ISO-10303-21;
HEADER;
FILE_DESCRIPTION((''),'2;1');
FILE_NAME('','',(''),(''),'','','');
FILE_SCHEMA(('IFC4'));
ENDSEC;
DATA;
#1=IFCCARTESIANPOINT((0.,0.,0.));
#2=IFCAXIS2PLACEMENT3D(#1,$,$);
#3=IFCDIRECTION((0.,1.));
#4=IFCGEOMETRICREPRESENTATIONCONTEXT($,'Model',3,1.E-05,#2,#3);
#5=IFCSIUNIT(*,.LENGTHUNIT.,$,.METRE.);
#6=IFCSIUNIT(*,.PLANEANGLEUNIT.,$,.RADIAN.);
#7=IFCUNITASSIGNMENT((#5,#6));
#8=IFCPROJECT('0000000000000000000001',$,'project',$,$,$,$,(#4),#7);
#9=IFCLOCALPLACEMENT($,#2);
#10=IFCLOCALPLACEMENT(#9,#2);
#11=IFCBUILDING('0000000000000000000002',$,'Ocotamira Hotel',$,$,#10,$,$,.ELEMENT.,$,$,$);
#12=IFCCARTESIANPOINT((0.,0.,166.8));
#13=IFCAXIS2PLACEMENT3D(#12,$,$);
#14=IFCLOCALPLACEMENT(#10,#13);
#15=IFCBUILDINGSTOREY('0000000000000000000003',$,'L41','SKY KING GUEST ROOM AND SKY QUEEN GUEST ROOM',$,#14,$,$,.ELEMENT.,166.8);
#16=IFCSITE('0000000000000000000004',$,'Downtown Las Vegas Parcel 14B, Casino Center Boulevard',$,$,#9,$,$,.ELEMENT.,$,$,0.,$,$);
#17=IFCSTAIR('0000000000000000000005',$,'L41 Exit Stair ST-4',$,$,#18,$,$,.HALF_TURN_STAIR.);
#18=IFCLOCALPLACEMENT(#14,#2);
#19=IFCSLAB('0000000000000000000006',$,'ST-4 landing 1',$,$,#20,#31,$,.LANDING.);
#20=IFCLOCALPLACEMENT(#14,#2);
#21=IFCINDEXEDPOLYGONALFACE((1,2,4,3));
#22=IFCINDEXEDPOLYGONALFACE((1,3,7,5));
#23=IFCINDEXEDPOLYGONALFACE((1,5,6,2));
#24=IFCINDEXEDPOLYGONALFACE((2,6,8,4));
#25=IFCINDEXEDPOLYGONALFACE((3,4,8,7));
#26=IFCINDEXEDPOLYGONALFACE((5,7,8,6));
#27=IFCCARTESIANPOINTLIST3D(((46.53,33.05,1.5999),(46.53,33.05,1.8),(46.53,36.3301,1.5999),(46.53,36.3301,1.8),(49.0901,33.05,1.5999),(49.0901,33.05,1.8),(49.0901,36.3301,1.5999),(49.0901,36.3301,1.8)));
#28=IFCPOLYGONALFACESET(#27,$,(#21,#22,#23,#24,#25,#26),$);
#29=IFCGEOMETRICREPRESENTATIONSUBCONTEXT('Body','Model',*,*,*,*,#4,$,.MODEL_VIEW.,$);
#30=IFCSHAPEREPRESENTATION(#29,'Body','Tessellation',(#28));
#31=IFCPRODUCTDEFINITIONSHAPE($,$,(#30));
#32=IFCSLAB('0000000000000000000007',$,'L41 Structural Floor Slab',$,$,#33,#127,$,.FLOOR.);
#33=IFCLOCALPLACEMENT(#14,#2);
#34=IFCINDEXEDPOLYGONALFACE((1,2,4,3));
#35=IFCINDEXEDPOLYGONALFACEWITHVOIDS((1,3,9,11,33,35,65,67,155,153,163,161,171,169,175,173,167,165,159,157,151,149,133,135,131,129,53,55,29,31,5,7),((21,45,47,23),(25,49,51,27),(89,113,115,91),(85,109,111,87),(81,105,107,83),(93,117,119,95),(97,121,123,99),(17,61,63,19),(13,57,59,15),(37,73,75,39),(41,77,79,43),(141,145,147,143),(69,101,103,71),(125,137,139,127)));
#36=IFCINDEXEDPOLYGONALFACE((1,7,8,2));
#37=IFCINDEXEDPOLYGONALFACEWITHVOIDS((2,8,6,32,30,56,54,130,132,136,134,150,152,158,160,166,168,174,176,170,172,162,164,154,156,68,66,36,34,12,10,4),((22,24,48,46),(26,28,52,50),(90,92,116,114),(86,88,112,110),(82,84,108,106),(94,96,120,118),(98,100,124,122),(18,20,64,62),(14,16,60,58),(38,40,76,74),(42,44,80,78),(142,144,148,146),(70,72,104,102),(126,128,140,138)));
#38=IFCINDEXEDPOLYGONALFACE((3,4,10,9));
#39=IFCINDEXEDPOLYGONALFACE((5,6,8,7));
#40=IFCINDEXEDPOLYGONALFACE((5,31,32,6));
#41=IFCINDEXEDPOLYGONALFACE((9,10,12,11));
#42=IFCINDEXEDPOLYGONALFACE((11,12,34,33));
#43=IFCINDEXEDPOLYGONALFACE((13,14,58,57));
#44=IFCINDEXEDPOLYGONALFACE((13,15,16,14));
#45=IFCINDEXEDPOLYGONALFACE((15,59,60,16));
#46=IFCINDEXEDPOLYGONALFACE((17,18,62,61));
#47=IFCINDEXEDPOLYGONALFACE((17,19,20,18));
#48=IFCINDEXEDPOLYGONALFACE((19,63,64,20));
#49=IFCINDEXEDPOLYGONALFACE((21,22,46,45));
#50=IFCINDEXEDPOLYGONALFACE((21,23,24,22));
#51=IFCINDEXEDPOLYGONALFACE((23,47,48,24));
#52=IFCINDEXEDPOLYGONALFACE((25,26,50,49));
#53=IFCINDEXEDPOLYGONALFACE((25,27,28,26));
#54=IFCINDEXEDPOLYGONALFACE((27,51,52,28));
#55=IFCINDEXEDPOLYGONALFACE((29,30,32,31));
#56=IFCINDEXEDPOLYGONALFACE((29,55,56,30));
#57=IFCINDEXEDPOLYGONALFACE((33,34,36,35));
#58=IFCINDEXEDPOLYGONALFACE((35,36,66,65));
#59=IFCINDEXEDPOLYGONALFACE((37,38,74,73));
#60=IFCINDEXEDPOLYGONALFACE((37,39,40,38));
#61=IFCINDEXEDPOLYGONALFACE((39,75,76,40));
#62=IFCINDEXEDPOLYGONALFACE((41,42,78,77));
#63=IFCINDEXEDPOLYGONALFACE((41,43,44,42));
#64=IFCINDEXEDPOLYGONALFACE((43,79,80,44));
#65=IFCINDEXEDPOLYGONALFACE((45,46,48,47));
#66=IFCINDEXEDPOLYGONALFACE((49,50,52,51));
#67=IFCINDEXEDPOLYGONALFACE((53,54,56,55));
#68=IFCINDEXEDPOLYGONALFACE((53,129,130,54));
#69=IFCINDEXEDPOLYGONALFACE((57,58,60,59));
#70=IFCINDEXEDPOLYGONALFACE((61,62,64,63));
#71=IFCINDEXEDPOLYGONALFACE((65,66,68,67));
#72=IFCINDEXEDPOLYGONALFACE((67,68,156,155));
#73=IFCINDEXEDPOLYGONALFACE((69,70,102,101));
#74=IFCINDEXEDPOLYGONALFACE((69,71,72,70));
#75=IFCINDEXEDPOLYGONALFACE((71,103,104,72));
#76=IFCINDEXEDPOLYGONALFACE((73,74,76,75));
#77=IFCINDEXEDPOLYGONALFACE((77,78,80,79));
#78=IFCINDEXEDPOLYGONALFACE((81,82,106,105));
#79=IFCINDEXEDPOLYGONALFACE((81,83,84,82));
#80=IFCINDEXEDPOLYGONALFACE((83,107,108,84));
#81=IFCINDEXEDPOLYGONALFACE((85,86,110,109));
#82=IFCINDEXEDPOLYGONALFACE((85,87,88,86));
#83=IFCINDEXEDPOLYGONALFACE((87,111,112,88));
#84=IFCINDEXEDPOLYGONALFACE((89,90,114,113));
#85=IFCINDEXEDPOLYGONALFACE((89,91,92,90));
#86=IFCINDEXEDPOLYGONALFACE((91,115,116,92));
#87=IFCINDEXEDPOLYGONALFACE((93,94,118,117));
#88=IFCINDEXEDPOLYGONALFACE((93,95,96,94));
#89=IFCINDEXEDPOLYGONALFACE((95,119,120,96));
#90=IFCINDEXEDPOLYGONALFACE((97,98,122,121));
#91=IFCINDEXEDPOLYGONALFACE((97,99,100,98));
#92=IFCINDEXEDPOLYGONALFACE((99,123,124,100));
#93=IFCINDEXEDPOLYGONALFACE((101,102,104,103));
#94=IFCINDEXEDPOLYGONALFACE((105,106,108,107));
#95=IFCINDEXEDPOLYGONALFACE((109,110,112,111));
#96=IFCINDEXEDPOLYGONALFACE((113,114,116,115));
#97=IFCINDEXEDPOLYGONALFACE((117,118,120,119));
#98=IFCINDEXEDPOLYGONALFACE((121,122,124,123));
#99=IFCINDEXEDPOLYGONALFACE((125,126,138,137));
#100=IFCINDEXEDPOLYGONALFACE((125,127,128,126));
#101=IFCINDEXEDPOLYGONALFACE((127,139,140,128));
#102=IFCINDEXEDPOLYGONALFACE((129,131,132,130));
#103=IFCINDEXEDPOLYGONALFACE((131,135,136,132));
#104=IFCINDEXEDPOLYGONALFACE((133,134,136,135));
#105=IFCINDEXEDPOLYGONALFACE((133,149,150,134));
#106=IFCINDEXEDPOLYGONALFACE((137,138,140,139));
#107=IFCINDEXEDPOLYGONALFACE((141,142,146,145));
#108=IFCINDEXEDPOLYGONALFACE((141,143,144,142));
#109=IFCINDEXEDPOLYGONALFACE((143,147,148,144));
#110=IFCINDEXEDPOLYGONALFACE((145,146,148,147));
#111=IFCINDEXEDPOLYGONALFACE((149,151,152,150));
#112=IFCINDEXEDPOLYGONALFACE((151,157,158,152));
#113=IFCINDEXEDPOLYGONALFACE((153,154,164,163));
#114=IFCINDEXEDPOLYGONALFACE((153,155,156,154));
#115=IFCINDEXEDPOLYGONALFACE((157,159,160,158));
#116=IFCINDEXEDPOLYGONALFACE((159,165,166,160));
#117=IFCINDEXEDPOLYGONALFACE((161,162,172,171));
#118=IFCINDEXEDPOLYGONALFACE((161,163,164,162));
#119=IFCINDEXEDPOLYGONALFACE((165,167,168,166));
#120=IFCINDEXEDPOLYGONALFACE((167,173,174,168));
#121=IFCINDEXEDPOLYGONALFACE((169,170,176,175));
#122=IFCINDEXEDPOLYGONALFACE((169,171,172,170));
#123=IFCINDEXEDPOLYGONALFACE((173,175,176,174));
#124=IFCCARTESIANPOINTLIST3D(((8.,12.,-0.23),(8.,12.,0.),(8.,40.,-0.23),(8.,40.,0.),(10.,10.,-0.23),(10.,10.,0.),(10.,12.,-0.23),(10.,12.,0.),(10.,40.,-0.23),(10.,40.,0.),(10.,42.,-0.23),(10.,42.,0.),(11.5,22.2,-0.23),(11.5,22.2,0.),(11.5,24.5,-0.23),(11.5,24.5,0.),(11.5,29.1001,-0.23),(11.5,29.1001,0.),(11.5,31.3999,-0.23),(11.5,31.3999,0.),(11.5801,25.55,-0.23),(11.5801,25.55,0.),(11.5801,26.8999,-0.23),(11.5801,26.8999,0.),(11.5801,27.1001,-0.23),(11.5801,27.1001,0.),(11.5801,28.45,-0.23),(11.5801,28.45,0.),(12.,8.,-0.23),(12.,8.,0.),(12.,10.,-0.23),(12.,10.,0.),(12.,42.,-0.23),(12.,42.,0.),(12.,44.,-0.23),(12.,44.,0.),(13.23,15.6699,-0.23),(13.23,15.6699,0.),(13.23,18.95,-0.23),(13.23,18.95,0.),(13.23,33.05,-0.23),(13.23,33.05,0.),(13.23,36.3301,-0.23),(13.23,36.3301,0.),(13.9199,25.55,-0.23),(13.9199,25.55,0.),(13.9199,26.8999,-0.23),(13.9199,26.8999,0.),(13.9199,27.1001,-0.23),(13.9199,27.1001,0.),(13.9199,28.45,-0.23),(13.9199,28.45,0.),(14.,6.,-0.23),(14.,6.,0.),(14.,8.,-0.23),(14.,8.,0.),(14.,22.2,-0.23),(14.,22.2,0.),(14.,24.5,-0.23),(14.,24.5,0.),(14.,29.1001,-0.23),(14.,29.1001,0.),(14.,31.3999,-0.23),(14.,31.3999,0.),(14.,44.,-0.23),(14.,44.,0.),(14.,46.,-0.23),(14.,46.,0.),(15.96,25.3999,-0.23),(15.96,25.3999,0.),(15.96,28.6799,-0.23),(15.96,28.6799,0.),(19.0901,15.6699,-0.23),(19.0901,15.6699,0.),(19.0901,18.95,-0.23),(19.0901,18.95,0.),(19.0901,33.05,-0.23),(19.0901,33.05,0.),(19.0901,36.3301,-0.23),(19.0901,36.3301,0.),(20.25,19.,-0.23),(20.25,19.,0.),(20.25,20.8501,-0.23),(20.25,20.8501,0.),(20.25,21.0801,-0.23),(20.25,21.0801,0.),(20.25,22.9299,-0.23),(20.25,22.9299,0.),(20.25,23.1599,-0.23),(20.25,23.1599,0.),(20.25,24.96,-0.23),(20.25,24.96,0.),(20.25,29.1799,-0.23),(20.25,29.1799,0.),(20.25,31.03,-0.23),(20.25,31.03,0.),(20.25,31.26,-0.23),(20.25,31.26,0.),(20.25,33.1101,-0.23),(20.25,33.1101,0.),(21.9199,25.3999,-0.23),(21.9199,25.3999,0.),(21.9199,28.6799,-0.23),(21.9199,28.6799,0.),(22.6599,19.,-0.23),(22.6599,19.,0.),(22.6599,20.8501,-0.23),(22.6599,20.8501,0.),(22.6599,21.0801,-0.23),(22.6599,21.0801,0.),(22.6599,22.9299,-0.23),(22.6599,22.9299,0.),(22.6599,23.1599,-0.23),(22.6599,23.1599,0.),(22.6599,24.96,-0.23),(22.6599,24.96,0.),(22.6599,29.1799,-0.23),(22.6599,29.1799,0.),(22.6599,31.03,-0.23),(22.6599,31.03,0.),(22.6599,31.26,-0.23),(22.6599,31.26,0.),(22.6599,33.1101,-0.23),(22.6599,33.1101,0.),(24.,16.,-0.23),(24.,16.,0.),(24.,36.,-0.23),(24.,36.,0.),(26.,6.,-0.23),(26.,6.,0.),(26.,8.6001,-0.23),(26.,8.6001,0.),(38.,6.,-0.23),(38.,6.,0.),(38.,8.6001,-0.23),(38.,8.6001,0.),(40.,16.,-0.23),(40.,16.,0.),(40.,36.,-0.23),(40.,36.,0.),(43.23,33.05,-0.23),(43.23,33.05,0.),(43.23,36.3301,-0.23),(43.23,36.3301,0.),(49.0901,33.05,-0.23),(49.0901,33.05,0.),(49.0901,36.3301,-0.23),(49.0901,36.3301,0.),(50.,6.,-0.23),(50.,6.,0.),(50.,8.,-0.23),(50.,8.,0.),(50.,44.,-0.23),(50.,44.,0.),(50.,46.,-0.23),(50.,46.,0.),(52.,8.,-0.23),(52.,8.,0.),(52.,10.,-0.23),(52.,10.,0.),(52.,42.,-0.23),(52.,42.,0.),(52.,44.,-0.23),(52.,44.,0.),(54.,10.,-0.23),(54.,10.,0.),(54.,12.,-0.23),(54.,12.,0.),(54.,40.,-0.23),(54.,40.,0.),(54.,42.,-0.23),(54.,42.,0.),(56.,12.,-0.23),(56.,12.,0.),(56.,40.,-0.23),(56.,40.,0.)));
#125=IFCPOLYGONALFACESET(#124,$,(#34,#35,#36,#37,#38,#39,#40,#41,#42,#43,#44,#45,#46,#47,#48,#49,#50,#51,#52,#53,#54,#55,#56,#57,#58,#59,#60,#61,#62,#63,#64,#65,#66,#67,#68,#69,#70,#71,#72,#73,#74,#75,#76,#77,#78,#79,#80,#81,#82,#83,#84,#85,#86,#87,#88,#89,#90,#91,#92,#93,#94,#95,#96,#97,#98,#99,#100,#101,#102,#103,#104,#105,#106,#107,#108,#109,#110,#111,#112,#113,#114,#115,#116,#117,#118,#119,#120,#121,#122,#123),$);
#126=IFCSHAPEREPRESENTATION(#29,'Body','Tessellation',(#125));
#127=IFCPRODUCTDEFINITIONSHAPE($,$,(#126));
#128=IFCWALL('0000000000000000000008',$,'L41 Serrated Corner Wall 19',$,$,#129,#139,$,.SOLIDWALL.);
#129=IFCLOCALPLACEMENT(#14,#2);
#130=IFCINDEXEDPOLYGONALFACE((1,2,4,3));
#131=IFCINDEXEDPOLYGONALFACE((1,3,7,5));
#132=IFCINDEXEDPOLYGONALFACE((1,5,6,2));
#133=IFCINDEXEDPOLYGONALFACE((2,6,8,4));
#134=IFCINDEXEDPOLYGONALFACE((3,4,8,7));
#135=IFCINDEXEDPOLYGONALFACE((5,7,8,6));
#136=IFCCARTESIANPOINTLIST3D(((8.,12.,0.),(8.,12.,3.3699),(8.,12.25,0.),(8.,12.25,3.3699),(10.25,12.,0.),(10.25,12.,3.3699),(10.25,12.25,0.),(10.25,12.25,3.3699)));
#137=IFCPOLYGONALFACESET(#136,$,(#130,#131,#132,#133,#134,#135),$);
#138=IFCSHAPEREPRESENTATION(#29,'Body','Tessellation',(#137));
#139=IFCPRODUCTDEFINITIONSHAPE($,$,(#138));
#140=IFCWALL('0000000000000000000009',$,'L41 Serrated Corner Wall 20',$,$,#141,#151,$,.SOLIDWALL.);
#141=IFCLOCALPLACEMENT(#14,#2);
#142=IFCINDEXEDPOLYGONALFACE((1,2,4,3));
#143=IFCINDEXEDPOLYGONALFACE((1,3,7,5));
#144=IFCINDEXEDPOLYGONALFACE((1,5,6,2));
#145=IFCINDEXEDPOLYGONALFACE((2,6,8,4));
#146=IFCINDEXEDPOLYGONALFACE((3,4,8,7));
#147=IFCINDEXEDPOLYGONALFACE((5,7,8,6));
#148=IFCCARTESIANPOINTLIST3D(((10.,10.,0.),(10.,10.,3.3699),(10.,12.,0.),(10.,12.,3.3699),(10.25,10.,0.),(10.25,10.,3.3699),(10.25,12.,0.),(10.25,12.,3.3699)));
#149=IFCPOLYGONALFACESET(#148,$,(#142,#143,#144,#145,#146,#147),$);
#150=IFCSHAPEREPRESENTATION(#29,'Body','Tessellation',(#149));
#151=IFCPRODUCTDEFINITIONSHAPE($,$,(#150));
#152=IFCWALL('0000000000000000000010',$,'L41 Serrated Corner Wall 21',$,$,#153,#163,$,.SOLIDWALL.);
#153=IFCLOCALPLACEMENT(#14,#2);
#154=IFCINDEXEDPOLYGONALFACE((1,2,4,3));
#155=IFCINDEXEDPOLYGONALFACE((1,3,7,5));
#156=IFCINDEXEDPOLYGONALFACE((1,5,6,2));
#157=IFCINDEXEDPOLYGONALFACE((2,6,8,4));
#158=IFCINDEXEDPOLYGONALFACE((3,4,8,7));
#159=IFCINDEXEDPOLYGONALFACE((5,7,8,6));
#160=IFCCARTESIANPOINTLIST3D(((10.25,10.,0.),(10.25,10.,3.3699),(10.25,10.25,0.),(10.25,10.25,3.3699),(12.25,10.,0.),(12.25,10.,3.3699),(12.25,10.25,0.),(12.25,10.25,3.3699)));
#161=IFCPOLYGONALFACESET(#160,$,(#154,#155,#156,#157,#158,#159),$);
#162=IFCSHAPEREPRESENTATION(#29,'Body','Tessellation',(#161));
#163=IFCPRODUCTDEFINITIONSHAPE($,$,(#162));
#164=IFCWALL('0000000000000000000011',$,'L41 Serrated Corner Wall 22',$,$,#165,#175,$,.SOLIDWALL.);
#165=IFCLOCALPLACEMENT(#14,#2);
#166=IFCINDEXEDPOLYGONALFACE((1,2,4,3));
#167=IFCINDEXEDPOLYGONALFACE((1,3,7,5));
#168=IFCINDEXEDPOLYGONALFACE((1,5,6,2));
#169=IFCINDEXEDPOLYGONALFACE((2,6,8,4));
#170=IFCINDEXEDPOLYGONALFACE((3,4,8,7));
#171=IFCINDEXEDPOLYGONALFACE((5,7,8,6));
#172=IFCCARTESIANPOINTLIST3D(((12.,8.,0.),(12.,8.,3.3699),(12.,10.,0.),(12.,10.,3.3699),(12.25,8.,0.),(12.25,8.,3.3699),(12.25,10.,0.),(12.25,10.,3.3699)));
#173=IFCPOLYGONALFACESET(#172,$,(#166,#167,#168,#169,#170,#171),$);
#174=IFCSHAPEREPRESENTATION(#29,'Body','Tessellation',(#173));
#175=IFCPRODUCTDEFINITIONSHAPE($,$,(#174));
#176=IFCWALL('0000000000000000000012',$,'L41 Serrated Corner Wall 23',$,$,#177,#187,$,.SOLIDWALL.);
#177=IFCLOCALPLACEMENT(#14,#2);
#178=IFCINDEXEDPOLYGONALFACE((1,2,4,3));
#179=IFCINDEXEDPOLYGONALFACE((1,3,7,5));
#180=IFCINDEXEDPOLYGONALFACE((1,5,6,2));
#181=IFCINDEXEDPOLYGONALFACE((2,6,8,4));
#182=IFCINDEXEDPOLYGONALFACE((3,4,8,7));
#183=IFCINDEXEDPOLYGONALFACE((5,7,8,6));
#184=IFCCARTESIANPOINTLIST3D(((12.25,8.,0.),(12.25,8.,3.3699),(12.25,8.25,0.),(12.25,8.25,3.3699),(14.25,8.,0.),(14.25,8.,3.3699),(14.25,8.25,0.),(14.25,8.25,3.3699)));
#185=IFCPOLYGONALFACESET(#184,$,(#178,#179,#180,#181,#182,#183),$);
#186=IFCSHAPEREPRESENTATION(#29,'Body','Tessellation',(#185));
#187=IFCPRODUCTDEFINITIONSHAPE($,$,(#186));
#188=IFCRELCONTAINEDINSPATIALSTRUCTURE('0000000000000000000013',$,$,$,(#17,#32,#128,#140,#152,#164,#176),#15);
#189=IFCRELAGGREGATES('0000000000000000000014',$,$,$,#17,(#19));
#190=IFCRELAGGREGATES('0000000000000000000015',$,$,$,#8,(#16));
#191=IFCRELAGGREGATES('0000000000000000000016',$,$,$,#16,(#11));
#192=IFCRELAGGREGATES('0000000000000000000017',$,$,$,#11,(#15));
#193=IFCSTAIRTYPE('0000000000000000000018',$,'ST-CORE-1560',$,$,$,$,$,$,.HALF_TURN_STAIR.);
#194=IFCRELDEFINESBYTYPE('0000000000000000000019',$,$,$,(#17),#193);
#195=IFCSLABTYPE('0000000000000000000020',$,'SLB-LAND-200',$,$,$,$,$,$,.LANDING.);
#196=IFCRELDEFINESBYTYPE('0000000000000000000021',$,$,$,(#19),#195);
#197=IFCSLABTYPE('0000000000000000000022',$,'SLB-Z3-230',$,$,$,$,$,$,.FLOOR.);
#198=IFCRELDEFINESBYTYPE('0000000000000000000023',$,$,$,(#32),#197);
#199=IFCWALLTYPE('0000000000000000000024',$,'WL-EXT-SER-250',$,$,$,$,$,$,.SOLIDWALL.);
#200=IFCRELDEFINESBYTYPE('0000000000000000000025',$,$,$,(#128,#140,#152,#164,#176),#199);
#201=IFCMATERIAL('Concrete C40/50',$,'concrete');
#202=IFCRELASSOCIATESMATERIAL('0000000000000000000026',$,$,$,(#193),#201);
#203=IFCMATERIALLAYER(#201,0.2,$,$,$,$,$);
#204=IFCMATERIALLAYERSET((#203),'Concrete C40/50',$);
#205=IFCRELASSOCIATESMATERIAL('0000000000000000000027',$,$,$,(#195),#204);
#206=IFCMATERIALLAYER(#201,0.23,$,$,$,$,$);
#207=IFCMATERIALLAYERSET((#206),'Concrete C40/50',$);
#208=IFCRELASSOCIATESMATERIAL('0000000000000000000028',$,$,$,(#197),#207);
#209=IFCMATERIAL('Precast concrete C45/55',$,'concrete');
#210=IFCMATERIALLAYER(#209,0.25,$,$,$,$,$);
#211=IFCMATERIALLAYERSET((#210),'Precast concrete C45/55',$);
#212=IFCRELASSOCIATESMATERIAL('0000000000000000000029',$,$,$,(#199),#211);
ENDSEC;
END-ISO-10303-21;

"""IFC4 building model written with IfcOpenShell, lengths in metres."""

from ifc_helpers import new_model, si_unit, direction, frame, frame_2d, origin, place, context, subcontext, project, spatial, polyline, rectangle, outline, extrude, material, layer, layer_set, type_object, element, aggregate, save


model = new_model("IFC4")

# Units and contexts
model_context = context("Model", 3, precision=1e-05, world=origin(), true_north=direction((0.0, 1.0)))
body_context = subcontext(model_context, "Body", "Model", "MODEL_VIEW")
ifc_project = project(units=[si_unit("LENGTHUNIT", "METRE"), si_unit("PLANEANGLEUNIT", "RADIAN")], contexts=[model_context])

# Site, building, storey
site_placement = place(None, origin())
site = spatial("IfcSite", under=ifc_project, at=site_placement, Name="Downtown Las Vegas Parcel 14B, Casino Center Boulevard", CompositionType="ELEMENT", RefElevation=0.0)
building_placement = place(site_placement, origin())
building = spatial("IfcBuilding", under=site, at=building_placement, Name="Ocotamira Hotel", CompositionType="ELEMENT")
storey_placement = place(building_placement, frame((0.0, 0.0, 166.8)))
storey = spatial("IfcBuildingStorey", under=building, at=storey_placement, Name="L41", Description="SKY KING GUEST ROOM AND SKY QUEEN GUEST ROOM", CompositionType="ELEMENT", Elevation=166.8)

# Shared definitions
ifc_material_1 = material(Name="Concrete C40/50", Category="concrete")

# Stair, slab
stair_type = type_object("IfcStairType", Name="ST-CORE-1560", PredefinedType="HALF_TURN_STAIR", material=ifc_material_1)
ifc_layer_1 = layer(ifc_material_1, 0.2)
ifc_layer_set_1 = layer_set([ifc_layer_1], Name="Concrete C40/50")
slab_type_1 = type_object("IfcSlabType", Name="SLB-LAND-200", PredefinedType="LANDING", material=ifc_layer_set_1)
stair_1_placement = place(storey_placement, origin())
stair_1 = element("IfcStair", 1, at=stair_1_placement, inside=storey, type_object=stair_type, Name="L41 Exit Stair ST-4", PredefinedType="HALF_TURN_STAIR")
slab_1_placement = place(storey_placement, frame((0.0, 0.0, 1.5999)))
slab_1 = element("IfcSlab", 2, at=slab_1_placement, type_object=slab_type_1, Name="ST-4 landing 1", PredefinedType="LANDING", context=body_context, shape_type="SweptSolid", body=[
    extrude(outline(polyline([(46.53, 33.05), (49.0901, 33.05), (49.0901, 36.3301), (46.53, 36.3301), (46.53, 33.05)])), origin(), (0.0, 0.0, 1.0), 0.2002),
])
aggregate(stair_1, [slab_1])

# Slab
ifc_layer_2 = layer(ifc_material_1, 0.23)
ifc_layer_set_2 = layer_set([ifc_layer_2], Name="Concrete C40/50")
slab_type_2 = type_object("IfcSlabType", Name="SLB-Z3-230", PredefinedType="FLOOR", material=ifc_layer_set_2)
slab_2_placement = place(storey_placement, frame((0.0, 0.0, -0.23)))
element("IfcSlab", 3, at=slab_2_placement, inside=storey, type_object=slab_type_2, Name="L41 Structural Floor Slab", PredefinedType="FLOOR", context=body_context, shape_type="SweptSolid", body=[
    extrude(outline(polyline([(14.0, 6.0), (14.0, 8.0), (12.0, 8.0), (12.0, 10.0), (10.0, 10.0), (10.0, 12.0), (8.0, 12.0), (8.0, 40.0), (10.0, 40.0), (10.0, 42.0), (12.0, 42.0), (12.0, 44.0), (14.0, 44.0), (14.0, 46.0), (50.0, 46.0), (50.0, 44.0), (52.0, 44.0), (52.0, 42.0), (54.0, 42.0), (54.0, 40.0), (56.0, 40.0), (56.0, 12.0), (54.0, 12.0), (54.0, 10.0), (52.0, 10.0), (52.0, 8.0), (50.0, 8.0), (50.0, 6.0), (38.0, 6.0), (38.0, 8.6001), (26.0, 8.6001), (26.0, 6.0), (14.0, 6.0)]), holes=[polyline([(24.0, 16.0), (40.0, 16.0), (40.0, 36.0), (24.0, 36.0), (24.0, 16.0)]), polyline([(13.23, 15.6699), (19.0901, 15.6699), (19.0901, 18.95), (13.23, 18.95), (13.23, 15.6699)]), polyline([(13.23, 33.05), (19.0901, 33.05), (19.0901, 36.3301), (13.23, 36.3301), (13.23, 33.05)]), polyline([(15.96, 25.3999), (21.9199, 25.3999), (21.9199, 28.6799), (15.96, 28.6799), (15.96, 25.3999)]), polyline([(43.23, 33.05), (49.0901, 33.05), (49.0901, 36.3301), (43.23, 36.3301), (43.23, 33.05)]), polyline([(20.25, 19.0), (22.6599, 19.0), (22.6599, 20.8501), (20.25, 20.8501), (20.25, 19.0)]), polyline([(20.25, 21.0801), (22.6599, 21.0801), (22.6599, 22.9299), (20.25, 22.9299), (20.25, 21.0801)]), polyline([(20.25, 23.1599), (22.6599, 23.1599), (22.6599, 24.96), (20.25, 24.96), (20.25, 23.1599)]), polyline([(20.25, 29.1799), (22.6599, 29.1799), (22.6599, 31.03), (20.25, 31.03), (20.25, 29.1799)]), polyline([(20.25, 31.26), (22.6599, 31.26), (22.6599, 33.1101), (20.25, 33.1101), (20.25, 31.26)]), polyline([(11.5, 22.2), (14.0, 22.2), (14.0, 24.5), (11.5, 24.5), (11.5, 22.2)]), polyline([(11.5, 29.1001), (14.0, 29.1001), (14.0, 31.3999), (11.5, 31.3999), (11.5, 29.1001)]), polyline([(11.5801, 25.55), (13.9199, 25.55), (13.9199, 26.8999), (11.5801, 26.8999), (11.5801, 25.55)]), polyline([(11.5801, 27.1001), (13.9199, 27.1001), (13.9199, 28.45), (11.5801, 28.45), (11.5801, 27.1001)])]), origin(), (0.0, 0.0, 1.0), 0.23),
])

# Walls
ifc_material_2 = material(Name="Precast concrete C45/55", Category="concrete")
ifc_layer_3 = layer(ifc_material_2, 0.25)
ifc_layer_set_3 = layer_set([ifc_layer_3], Name="Precast concrete C45/55")
wall_type_1 = type_object("IfcWallType", Name="WL-EXT-SER-250", PredefinedType="SOLIDWALL", material=ifc_layer_set_3)
wall_1_placement = place(storey_placement, frame((8.0, 12.125, 0.0), z_axis=(0.0, 0.0, 1.0), x_axis=(1.0, 0.0, 0.0)))
element("IfcWall", 4, at=wall_1_placement, inside=storey, type_object=wall_type_1, Name="L41 Serrated Corner Wall 19", PredefinedType="SOLIDWALL", context=body_context, shape_type="SweptSolid", body=[
    extrude(rectangle(XDim=2.25, YDim=0.25, at=frame_2d((1.125, 0.0))), origin(), (0.0, 0.0, 1.0), 3.3699),
])
for number, where, z_axis, x_axis, name in (
    (5, (10.125, 12.0, 0.0), (0.0, 0.0, 1.0), (0.0, -1.0, 0.0), "L41 Serrated Corner Wall 20"),
    (6, (10.25, 10.125, 0.0), (0.0, 0.0, 1.0), (1.0, 0.0, 0.0), "L41 Serrated Corner Wall 21"),
    (7, (12.125, 10.0, 0.0), (0.0, 0.0, 1.0), (0.0, -1.0, 0.0), "L41 Serrated Corner Wall 22"),
    (8, (12.25, 8.125, 0.0), (0.0, 0.0, 1.0), (1.0, 0.0, 0.0), "L41 Serrated Corner Wall 23"),
):
    element("IfcWall", number, at=place(storey_placement, frame(where, z_axis=z_axis, x_axis=x_axis)), inside=storey, type_object=wall_type_1, Name=name, PredefinedType="SOLIDWALL", context=body_context, shape_type="SweptSolid", body=[
        extrude(rectangle(XDim=2.0, YDim=0.25, at=frame_2d((1.0, 0.0))), origin(), (0.0, 0.0, 1.0), 3.3699),
    ])

save(model, "model.ifc")
